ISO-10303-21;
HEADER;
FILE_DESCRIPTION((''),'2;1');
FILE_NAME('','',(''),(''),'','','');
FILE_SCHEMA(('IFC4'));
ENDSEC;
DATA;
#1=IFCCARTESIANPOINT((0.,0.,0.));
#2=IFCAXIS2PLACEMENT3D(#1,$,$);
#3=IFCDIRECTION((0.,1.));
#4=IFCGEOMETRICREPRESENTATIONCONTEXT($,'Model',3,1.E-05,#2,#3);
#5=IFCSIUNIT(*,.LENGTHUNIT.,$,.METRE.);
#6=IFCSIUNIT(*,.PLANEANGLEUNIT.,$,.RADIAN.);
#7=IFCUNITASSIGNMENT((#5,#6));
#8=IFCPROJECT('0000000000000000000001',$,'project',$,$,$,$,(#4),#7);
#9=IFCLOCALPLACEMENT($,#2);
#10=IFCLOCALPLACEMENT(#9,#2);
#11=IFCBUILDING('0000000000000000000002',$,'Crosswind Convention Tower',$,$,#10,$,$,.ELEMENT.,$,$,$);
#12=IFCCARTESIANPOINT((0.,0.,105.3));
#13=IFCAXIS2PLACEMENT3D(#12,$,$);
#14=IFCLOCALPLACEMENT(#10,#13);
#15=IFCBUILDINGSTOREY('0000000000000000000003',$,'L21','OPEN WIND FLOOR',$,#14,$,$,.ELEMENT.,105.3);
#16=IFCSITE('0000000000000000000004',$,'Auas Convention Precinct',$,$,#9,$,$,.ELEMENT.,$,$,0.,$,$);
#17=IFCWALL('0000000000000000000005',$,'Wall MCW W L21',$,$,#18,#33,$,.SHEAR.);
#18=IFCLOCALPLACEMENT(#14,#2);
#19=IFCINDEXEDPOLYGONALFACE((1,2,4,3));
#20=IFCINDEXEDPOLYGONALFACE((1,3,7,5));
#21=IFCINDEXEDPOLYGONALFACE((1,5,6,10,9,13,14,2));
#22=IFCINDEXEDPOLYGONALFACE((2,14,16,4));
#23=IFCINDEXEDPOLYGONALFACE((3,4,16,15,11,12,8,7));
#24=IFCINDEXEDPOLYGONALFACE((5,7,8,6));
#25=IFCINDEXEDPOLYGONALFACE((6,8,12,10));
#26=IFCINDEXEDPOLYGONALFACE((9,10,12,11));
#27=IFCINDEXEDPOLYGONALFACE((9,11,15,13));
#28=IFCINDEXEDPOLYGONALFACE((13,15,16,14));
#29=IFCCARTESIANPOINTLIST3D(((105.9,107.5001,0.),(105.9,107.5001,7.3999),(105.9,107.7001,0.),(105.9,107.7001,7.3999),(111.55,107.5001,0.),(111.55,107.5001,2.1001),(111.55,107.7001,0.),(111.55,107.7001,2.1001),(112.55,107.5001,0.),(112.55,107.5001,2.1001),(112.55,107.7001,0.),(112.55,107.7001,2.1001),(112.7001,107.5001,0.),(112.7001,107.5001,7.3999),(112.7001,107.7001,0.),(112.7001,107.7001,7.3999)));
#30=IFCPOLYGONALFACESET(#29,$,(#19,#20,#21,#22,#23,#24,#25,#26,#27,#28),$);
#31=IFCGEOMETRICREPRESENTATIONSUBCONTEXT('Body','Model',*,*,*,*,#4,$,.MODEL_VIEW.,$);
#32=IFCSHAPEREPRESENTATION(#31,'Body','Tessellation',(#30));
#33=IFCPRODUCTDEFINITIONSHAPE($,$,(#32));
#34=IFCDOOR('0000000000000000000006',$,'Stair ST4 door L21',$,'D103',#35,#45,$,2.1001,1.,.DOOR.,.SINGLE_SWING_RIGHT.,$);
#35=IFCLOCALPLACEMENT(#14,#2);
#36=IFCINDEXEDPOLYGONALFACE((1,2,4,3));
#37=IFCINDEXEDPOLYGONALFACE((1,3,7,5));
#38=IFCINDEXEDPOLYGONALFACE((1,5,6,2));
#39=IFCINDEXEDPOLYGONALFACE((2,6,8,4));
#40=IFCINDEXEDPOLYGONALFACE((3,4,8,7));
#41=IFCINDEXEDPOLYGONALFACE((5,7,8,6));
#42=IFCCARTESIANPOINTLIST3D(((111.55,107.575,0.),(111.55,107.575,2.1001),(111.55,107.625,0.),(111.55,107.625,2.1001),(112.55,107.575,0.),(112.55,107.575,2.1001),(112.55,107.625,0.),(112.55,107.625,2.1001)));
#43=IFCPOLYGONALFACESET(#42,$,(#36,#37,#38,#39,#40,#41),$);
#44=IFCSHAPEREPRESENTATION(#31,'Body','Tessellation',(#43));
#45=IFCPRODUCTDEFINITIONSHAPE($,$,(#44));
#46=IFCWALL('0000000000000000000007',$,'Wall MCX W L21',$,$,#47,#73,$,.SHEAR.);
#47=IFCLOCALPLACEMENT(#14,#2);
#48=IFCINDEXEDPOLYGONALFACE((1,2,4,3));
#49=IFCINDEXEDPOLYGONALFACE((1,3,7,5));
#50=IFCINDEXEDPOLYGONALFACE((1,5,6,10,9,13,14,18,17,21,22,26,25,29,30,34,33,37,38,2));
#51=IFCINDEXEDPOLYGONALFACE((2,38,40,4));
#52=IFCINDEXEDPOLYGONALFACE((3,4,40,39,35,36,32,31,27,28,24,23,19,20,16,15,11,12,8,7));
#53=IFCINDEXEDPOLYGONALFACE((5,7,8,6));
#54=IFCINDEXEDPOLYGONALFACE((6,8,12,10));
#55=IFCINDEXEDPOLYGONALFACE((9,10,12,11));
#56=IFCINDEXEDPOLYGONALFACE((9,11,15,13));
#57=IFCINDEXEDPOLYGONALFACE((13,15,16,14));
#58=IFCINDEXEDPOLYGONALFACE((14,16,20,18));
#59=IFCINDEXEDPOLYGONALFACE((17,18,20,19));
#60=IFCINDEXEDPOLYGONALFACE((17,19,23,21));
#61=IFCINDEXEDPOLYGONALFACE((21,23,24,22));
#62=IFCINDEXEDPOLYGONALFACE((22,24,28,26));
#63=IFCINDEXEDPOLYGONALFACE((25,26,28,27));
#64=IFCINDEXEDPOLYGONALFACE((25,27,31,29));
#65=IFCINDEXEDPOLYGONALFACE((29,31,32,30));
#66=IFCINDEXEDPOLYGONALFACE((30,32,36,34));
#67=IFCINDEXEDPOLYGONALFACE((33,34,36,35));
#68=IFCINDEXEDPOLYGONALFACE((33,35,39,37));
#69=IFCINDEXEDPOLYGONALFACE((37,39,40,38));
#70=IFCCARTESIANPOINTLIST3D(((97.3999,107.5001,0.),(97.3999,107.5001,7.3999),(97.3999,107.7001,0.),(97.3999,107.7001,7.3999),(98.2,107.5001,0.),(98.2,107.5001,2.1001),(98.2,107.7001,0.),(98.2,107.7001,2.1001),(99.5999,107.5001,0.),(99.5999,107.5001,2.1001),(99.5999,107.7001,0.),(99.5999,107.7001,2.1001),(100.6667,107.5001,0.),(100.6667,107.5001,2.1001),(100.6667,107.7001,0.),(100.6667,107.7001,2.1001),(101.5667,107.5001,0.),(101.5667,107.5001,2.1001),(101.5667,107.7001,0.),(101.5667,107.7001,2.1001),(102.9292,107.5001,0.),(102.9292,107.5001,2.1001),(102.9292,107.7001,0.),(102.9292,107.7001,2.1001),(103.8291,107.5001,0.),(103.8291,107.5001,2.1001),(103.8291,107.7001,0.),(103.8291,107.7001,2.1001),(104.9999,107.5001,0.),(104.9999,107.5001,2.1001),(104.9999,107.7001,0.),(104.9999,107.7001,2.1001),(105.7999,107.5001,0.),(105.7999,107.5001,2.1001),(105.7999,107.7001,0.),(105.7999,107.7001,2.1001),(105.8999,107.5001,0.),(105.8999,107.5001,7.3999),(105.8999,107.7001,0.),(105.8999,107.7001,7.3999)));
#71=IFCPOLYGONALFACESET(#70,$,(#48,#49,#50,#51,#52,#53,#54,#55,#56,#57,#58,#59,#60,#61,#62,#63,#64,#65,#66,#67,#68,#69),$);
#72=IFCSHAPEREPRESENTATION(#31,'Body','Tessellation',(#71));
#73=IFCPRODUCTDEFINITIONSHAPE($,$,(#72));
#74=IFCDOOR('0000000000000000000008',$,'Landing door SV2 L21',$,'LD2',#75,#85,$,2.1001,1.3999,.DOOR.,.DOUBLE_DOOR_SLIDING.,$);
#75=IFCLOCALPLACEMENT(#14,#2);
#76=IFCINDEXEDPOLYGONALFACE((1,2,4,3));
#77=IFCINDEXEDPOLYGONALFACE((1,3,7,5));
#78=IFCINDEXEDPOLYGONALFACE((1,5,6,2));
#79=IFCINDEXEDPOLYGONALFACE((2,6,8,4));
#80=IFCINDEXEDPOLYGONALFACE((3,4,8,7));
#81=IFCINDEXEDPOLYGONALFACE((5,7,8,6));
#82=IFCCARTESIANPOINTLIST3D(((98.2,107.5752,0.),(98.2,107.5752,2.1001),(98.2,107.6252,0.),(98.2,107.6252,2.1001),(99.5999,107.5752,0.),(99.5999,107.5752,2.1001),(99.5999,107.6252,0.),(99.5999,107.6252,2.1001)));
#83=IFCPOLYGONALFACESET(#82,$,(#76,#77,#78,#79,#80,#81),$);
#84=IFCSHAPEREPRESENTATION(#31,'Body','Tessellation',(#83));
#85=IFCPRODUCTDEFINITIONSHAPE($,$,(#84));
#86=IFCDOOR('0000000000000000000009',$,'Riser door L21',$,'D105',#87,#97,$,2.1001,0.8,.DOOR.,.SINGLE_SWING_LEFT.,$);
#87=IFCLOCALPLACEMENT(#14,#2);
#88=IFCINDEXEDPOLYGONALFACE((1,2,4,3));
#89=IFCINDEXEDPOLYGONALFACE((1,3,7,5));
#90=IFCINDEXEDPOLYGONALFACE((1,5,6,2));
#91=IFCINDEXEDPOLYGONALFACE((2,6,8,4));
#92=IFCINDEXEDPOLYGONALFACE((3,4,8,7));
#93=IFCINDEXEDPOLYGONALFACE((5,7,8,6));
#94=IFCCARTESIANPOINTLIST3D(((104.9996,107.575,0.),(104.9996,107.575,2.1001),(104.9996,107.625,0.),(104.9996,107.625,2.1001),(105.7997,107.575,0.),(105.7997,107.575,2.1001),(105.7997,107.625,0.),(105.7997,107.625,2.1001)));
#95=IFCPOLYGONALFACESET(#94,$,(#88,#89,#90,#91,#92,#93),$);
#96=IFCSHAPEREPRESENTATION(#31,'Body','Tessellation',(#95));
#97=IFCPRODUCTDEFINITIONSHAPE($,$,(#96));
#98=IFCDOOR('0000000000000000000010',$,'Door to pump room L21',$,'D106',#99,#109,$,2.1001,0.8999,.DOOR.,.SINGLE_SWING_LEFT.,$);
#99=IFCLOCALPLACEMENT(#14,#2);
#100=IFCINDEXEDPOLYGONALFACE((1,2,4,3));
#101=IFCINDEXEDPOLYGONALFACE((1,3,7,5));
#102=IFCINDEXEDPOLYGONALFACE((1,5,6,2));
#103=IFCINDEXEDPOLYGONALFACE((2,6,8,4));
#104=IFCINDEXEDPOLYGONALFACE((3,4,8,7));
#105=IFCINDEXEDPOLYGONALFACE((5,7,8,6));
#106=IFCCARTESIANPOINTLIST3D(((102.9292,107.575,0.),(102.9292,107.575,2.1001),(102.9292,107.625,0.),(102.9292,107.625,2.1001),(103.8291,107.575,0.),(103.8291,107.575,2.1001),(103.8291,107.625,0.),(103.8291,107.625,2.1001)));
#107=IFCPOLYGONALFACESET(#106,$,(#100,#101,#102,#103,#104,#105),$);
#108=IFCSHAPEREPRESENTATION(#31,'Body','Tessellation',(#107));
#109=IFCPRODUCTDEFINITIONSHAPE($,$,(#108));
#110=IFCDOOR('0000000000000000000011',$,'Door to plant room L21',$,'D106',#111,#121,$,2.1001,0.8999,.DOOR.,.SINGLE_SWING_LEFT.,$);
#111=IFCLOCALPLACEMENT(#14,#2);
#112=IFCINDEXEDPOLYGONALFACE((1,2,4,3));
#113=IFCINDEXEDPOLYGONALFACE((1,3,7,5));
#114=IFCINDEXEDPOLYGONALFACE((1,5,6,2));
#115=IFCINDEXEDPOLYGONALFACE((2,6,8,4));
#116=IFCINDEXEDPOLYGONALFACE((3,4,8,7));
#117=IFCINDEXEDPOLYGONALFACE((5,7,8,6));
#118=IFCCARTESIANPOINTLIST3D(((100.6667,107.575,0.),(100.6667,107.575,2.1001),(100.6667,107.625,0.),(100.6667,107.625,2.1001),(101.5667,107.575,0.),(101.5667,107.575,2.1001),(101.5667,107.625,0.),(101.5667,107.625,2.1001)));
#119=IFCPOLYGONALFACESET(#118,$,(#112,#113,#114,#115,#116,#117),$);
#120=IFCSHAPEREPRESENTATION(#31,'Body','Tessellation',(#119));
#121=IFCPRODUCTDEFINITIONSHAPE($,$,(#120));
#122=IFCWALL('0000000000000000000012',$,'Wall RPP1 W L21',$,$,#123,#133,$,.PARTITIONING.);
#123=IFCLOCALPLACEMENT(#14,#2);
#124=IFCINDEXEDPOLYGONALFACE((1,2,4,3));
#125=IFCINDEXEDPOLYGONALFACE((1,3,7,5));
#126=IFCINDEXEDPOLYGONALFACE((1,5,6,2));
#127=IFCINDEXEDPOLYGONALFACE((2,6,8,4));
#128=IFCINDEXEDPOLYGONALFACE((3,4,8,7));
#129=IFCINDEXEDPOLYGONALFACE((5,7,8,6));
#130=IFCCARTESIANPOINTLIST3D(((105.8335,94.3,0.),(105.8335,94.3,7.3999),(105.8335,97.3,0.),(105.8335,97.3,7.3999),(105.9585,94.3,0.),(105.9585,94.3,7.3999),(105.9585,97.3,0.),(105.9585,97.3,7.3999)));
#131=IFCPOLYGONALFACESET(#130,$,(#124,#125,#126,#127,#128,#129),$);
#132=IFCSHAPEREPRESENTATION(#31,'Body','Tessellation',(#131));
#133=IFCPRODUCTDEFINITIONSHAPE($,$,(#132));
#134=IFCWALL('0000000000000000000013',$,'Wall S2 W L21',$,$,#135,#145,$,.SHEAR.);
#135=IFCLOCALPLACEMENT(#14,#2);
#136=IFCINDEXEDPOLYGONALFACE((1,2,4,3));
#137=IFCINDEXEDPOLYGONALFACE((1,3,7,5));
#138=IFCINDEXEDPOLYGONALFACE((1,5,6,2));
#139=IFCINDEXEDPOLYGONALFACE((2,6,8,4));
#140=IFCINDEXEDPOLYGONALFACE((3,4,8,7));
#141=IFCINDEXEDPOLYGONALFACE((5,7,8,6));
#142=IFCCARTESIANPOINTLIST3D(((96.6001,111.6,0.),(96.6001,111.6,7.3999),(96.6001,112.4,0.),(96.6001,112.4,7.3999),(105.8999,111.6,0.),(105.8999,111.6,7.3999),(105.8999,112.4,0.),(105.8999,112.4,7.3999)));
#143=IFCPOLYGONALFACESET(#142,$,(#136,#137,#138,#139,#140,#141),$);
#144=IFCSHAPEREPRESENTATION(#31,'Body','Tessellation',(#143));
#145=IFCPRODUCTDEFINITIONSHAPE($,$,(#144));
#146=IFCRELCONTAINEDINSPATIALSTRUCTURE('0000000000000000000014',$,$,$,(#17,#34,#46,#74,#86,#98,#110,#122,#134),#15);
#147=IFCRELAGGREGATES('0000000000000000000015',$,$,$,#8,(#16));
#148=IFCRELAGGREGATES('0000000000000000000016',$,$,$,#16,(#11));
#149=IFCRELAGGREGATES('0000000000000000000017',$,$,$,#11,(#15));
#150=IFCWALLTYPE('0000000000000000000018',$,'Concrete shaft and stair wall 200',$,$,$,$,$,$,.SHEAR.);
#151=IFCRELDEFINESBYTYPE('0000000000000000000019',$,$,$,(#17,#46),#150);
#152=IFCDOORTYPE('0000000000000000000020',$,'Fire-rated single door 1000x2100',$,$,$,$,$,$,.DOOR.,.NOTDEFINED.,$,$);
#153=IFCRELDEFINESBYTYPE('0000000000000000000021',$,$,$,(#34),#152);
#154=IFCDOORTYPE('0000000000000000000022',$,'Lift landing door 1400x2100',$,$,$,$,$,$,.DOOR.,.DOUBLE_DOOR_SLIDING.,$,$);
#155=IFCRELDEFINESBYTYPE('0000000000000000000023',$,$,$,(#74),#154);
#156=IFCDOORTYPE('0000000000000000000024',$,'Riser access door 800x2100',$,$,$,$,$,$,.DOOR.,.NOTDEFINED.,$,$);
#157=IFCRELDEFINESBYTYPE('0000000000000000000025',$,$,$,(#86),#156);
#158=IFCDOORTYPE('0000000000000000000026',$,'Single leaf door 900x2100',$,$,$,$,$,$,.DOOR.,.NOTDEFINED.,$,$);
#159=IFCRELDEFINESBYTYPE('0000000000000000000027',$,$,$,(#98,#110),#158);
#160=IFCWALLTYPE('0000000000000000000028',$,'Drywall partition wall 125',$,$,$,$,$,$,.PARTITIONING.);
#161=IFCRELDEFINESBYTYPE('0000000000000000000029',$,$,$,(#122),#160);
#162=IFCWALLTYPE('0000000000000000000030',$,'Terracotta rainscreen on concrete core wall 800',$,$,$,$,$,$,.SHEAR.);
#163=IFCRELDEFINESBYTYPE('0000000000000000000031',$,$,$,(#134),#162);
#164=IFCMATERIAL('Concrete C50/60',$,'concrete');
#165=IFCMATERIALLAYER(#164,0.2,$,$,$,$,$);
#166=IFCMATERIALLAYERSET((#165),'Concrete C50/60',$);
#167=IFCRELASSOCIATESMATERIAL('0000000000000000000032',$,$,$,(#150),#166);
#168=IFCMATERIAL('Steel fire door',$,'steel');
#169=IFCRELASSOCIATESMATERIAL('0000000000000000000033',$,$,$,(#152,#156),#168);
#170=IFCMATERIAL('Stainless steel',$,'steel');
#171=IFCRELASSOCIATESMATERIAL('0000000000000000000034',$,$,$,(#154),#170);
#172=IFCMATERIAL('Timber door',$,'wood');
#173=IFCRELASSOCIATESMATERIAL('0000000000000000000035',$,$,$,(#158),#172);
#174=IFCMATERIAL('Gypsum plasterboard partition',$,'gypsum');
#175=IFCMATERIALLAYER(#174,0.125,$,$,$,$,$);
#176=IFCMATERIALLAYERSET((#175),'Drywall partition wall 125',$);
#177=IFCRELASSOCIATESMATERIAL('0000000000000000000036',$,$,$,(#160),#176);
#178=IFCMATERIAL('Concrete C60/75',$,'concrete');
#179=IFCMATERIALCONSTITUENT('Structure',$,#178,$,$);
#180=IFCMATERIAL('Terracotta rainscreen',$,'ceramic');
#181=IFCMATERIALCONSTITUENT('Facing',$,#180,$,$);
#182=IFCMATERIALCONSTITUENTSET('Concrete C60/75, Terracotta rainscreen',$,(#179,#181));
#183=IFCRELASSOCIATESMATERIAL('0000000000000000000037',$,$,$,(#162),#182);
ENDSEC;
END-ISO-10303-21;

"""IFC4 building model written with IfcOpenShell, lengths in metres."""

from ifc_helpers import new_model, si_unit, direction, frame, frame_2d, origin, place, context, subcontext, project, spatial, rectangle, extrude, material, layer, layer_set, constituent, constituent_set, type_object, element, fill, save


model = new_model("IFC4")

# Units and contexts
model_context = context("Model", 3, precision=1e-05, world=origin(), true_north=direction((0.0, 1.0)))
body_context = subcontext(model_context, "Body", "Model", "MODEL_VIEW")
ifc_project = project(units=[si_unit("LENGTHUNIT", "METRE"), si_unit("PLANEANGLEUNIT", "RADIAN")], contexts=[model_context])

# Site, building, storey
site_placement = place(None, origin())
site = spatial("IfcSite", under=ifc_project, at=site_placement, Name="Auas Convention Precinct", CompositionType="ELEMENT", RefElevation=0.0)
building_placement = place(site_placement, origin())
building = spatial("IfcBuilding", under=site, at=building_placement, Name="Crosswind Convention Tower", CompositionType="ELEMENT")
storey_placement = place(building_placement, frame((0.0, 0.0, 105.3)))
storey = spatial("IfcBuildingStorey", under=building, at=storey_placement, Name="L21", Description="OPEN WIND FLOOR", CompositionType="ELEMENT", Elevation=105.3)

# Shared definitions
ifc_material_1 = material(Name="Concrete C50/60", Category="concrete")
ifc_layer_1 = layer(ifc_material_1, 0.2)
ifc_layer_set_1 = layer_set([ifc_layer_1], Name="Concrete C50/60")
wall_type_1 = type_object("IfcWallType", Name="Concrete shaft and stair wall 200", PredefinedType="SHEAR", material=ifc_layer_set_1)

# Shared definitions
ifc_material_2 = material(Name="Steel fire door", Category="steel")

# Wall, opening, door
wall_1_placement = place(storey_placement, frame((112.7, 107.6001, 0.0), z_axis=(0.0, 0.0, 1.0), x_axis=(-1.0, 0.0, 0.0)))
wall_1 = element("IfcWall", 1, at=wall_1_placement, inside=storey, type_object=wall_type_1, Name="Wall MCW W L21", PredefinedType="SHEAR", context=body_context, shape_type="SweptSolid", body=[
    extrude(rectangle(XDim=6.8, YDim=0.2, at=frame_2d((3.3999, 0.0))), origin(), (0.0, 0.0, 1.0), 7.3999),
])
opening_1_placement = place(wall_1_placement, frame((0.1499, 0.0, 0.0)))
opening_1 = element("IfcOpeningElement", 2, at=opening_1_placement, cuts=wall_1, PredefinedType="OPENING", context=body_context, shape_type="SweptSolid", body=[
    extrude(rectangle(XDim=1.0, YDim=2.1001, at=frame_2d((0.5, 1.05))), frame((0.0, 0.1099, 0.0), z_axis=(0.0, -1.0, 0.0), x_axis=(1.0, 0.0, 0.0)), (0.0, 0.0, 1.0), 0.22),
])
door_type_1 = type_object("IfcDoorType", Name="Fire-rated single door 1000x2100", OperationType="NOTDEFINED", PredefinedType="DOOR", material=ifc_material_2)
door_1_placement = place(opening_1_placement, frame((1.0, 0.0, 0.0), z_axis=(0.0, 0.0, 1.0), x_axis=(-1.0, 0.0, 0.0)))
door_1 = element("IfcDoor", 3, at=door_1_placement, inside=storey, type_object=door_type_1, Name="Stair ST4 door L21", ObjectType="D103", OperationType="SINGLE_SWING_RIGHT", OverallHeight=2.1001, OverallWidth=1.0, PredefinedType="DOOR", context=body_context, shape_type="SweptSolid", body=[
    extrude(rectangle(XDim=1.0, YDim=2.1001, at=frame_2d((0.5, 1.05))), frame((0.0, 0.0249, 0.0), z_axis=(0.0, -1.0, 0.0), x_axis=(1.0, 0.0, 0.0)), (0.0, 0.0, 1.0), 0.05),
])
fill(opening_1, door_1)

# Wall, openings, doors
wall_2_placement = place(storey_placement, frame((105.8999, 107.6001, 0.0), z_axis=(0.0, 0.0, 1.0), x_axis=(-1.0, 0.0, 0.0)))
wall_2 = element("IfcWall", 4, at=wall_2_placement, inside=storey, type_object=wall_type_1, Name="Wall MCX W L21", PredefinedType="SHEAR", context=body_context, shape_type="SweptSolid", body=[
    extrude(rectangle(XDim=8.5, YDim=0.2, at=frame_2d((4.25, 0.0))), origin(), (0.0, 0.0, 1.0), 7.3999),
])
opening_2_placement = place(wall_2_placement, frame((0.1001, 0.0, 0.0)))
opening_2 = element("IfcOpeningElement", 5, at=opening_2_placement, cuts=wall_2, PredefinedType="OPENING", context=body_context, shape_type="SweptSolid", body=[
    extrude(rectangle(XDim=0.8, YDim=2.1001, at=frame_2d((0.3999, 1.05))), frame((0.0, 0.1099, 0.0), z_axis=(0.0, -1.0, 0.0), x_axis=(1.0, 0.0, 0.0)), (0.0, 0.0, 1.0), 0.22),
])
opening_3_placement = place(wall_2_placement, frame((2.0708, 0.0, 0.0)))
opening_3 = element("IfcOpeningElement", 6, at=opening_3_placement, cuts=wall_2, PredefinedType="OPENING", context=body_context, shape_type="SweptSolid", body=[
    extrude(rectangle(XDim=0.8999, YDim=2.1001, at=frame_2d((0.45, 1.05))), frame((0.0, 0.1099, 0.0), z_axis=(0.0, -1.0, 0.0), x_axis=(1.0, 0.0, 0.0)), (0.0, 0.0, 1.0), 0.22),
])
opening_4_placement = place(wall_2_placement, frame((4.3333, 0.0, 0.0)))
opening_4 = element("IfcOpeningElement", 7, at=opening_4_placement, cuts=wall_2, PredefinedType="OPENING", context=body_context, shape_type="SweptSolid", body=[
    extrude(rectangle(XDim=0.8999, YDim=2.1001, at=frame_2d((0.45, 1.05))), frame((0.0, 0.1099, 0.0), z_axis=(0.0, -1.0, 0.0), x_axis=(1.0, 0.0, 0.0)), (0.0, 0.0, 1.0), 0.22),
])
opening_5_placement = place(wall_2_placement, frame((6.3, 0.0, 0.0)))
opening_5 = element("IfcOpeningElement", 8, at=opening_5_placement, cuts=wall_2, PredefinedType="OPENING", context=body_context, shape_type="SweptSolid", body=[
    extrude(rectangle(XDim=1.3999, YDim=2.1001, at=frame_2d((0.7, 1.05))), frame((0.0, 0.1099, 0.0), z_axis=(0.0, -1.0, 0.0), x_axis=(1.0, 0.0, 0.0)), (0.0, 0.0, 1.0), 0.22),
])
ifc_material_3 = material(Name="Stainless steel", Category="steel")
door_type_2 = type_object("IfcDoorType", Name="Lift landing door 1400x2100", OperationType="DOUBLE_DOOR_SLIDING", PredefinedType="DOOR", material=ifc_material_3)
door_2_placement = place(opening_5_placement, origin())
door_2 = element("IfcDoor", 9, at=door_2_placement, inside=storey, type_object=door_type_2, Name="Landing door SV2 L21", ObjectType="LD2", OperationType="DOUBLE_DOOR_SLIDING", OverallHeight=2.1001, OverallWidth=1.3999, PredefinedType="DOOR", context=body_context, shape_type="SweptSolid", body=[
    extrude(rectangle(XDim=1.3999, YDim=2.1001, at=frame_2d((0.7, 1.05))), frame((0.0, 0.0249, 0.0), z_axis=(0.0, -1.0, 0.0), x_axis=(1.0, 0.0, 0.0)), (0.0, 0.0, 1.0), 0.05),
])
fill(opening_5, door_2)
door_type_3 = type_object("IfcDoorType", Name="Riser access door 800x2100", OperationType="NOTDEFINED", PredefinedType="DOOR", material=ifc_material_2)
door_3_placement = place(opening_2_placement, frame((0.8, 0.0, 0.0), z_axis=(0.0, 0.0, 1.0), x_axis=(-1.0, 0.0, 0.0)))
door_3 = element("IfcDoor", 10, at=door_3_placement, inside=storey, type_object=door_type_3, Name="Riser door L21", ObjectType="D105", OperationType="SINGLE_SWING_LEFT", OverallHeight=2.1001, OverallWidth=0.8, PredefinedType="DOOR", context=body_context, shape_type="SweptSolid", body=[
    extrude(rectangle(XDim=0.8, YDim=2.1001, at=frame_2d((0.3999, 1.05))), frame((0.0, 0.0249, 0.0), z_axis=(0.0, -1.0, 0.0), x_axis=(1.0, 0.0, 0.0)), (0.0, 0.0, 1.0), 0.05),
])
fill(opening_2, door_3)
ifc_material_4 = material(Name="Timber door", Category="wood")
door_type_4 = type_object("IfcDoorType", Name="Single leaf door 900x2100", OperationType="NOTDEFINED", PredefinedType="DOOR", material=ifc_material_4)
door_4_placement = place(opening_3_placement, frame((0.8999, 0.0, 0.0), z_axis=(0.0, 0.0, 1.0), x_axis=(-1.0, 0.0, 0.0)))
door_4 = element("IfcDoor", 11, at=door_4_placement, inside=storey, type_object=door_type_4, Name="Door to pump room L21", ObjectType="D106", OperationType="SINGLE_SWING_LEFT", OverallHeight=2.1001, OverallWidth=0.8999, PredefinedType="DOOR", context=body_context, shape_type="SweptSolid", body=[
    extrude(rectangle(XDim=0.8999, YDim=2.1001, at=frame_2d((0.45, 1.05))), frame((0.0, 0.0249, 0.0), z_axis=(0.0, -1.0, 0.0), x_axis=(1.0, 0.0, 0.0)), (0.0, 0.0, 1.0), 0.05),
])
fill(opening_3, door_4)
door_5_placement = place(opening_4_placement, frame((0.8999, 0.0, 0.0), z_axis=(0.0, 0.0, 1.0), x_axis=(-1.0, 0.0, 0.0)))
door_5 = element("IfcDoor", 12, at=door_5_placement, inside=storey, type_object=door_type_4, Name="Door to plant room L21", ObjectType="D106", OperationType="SINGLE_SWING_LEFT", OverallHeight=2.1001, OverallWidth=0.8999, PredefinedType="DOOR", context=body_context, shape_type="SweptSolid", body=[
    extrude(rectangle(XDim=0.8999, YDim=2.1001, at=frame_2d((0.45, 1.05))), frame((0.0, 0.0249, 0.0), z_axis=(0.0, -1.0, 0.0), x_axis=(1.0, 0.0, 0.0)), (0.0, 0.0, 1.0), 0.05),
])
fill(opening_4, door_5)

# Walls
ifc_material_5 = material(Name="Gypsum plasterboard partition", Category="gypsum")
ifc_layer_2 = layer(ifc_material_5, 0.125)
ifc_layer_set_2 = layer_set([ifc_layer_2], Name="Drywall partition wall 125")
wall_type_2 = type_object("IfcWallType", Name="Drywall partition wall 125", PredefinedType="PARTITIONING", material=ifc_layer_set_2)
wall_3_placement = place(storey_placement, frame((105.896, 97.3, 0.0), z_axis=(0.0, 0.0, 1.0), x_axis=(0.0, -1.0, 0.0)))
element("IfcWall", 13, at=wall_3_placement, inside=storey, type_object=wall_type_2, Name="Wall RPP1 W L21", PredefinedType="PARTITIONING", context=body_context, shape_type="SweptSolid", body=[
    extrude(rectangle(XDim=3.0, YDim=0.125, at=frame_2d((1.5, 0.0))), origin(), (0.0, 0.0, 1.0), 7.3999),
])
ifc_material_6 = material(Name="Concrete C60/75", Category="concrete")
ifc_constituent_1 = constituent(ifc_material_6, Name="Structure")
ifc_material_7 = material(Name="Terracotta rainscreen", Category="ceramic")
ifc_constituent_2 = constituent(ifc_material_7, Name="Facing")
ifc_constituent_set = constituent_set(constituents=[ifc_constituent_1, ifc_constituent_2], Name="Concrete C60/75, Terracotta rainscreen")
wall_type_3 = type_object("IfcWallType", Name="Terracotta rainscreen on concrete core wall 800", PredefinedType="SHEAR", material=ifc_constituent_set)
wall_4_placement = place(storey_placement, frame((105.8999, 112.0, 0.0), z_axis=(0.0, 0.0, 1.0), x_axis=(-1.0, 0.0, 0.0)))
element("IfcWall", 14, at=wall_4_placement, inside=storey, type_object=wall_type_3, Name="Wall S2 W L21", PredefinedType="SHEAR", context=body_context, shape_type="SweptSolid", body=[
    extrude(rectangle(XDim=9.2998, YDim=0.8, at=frame_2d((4.6499, 0.0))), origin(), (0.0, 0.0, 1.0), 7.3999),
])

save(model, "model.ifc")
